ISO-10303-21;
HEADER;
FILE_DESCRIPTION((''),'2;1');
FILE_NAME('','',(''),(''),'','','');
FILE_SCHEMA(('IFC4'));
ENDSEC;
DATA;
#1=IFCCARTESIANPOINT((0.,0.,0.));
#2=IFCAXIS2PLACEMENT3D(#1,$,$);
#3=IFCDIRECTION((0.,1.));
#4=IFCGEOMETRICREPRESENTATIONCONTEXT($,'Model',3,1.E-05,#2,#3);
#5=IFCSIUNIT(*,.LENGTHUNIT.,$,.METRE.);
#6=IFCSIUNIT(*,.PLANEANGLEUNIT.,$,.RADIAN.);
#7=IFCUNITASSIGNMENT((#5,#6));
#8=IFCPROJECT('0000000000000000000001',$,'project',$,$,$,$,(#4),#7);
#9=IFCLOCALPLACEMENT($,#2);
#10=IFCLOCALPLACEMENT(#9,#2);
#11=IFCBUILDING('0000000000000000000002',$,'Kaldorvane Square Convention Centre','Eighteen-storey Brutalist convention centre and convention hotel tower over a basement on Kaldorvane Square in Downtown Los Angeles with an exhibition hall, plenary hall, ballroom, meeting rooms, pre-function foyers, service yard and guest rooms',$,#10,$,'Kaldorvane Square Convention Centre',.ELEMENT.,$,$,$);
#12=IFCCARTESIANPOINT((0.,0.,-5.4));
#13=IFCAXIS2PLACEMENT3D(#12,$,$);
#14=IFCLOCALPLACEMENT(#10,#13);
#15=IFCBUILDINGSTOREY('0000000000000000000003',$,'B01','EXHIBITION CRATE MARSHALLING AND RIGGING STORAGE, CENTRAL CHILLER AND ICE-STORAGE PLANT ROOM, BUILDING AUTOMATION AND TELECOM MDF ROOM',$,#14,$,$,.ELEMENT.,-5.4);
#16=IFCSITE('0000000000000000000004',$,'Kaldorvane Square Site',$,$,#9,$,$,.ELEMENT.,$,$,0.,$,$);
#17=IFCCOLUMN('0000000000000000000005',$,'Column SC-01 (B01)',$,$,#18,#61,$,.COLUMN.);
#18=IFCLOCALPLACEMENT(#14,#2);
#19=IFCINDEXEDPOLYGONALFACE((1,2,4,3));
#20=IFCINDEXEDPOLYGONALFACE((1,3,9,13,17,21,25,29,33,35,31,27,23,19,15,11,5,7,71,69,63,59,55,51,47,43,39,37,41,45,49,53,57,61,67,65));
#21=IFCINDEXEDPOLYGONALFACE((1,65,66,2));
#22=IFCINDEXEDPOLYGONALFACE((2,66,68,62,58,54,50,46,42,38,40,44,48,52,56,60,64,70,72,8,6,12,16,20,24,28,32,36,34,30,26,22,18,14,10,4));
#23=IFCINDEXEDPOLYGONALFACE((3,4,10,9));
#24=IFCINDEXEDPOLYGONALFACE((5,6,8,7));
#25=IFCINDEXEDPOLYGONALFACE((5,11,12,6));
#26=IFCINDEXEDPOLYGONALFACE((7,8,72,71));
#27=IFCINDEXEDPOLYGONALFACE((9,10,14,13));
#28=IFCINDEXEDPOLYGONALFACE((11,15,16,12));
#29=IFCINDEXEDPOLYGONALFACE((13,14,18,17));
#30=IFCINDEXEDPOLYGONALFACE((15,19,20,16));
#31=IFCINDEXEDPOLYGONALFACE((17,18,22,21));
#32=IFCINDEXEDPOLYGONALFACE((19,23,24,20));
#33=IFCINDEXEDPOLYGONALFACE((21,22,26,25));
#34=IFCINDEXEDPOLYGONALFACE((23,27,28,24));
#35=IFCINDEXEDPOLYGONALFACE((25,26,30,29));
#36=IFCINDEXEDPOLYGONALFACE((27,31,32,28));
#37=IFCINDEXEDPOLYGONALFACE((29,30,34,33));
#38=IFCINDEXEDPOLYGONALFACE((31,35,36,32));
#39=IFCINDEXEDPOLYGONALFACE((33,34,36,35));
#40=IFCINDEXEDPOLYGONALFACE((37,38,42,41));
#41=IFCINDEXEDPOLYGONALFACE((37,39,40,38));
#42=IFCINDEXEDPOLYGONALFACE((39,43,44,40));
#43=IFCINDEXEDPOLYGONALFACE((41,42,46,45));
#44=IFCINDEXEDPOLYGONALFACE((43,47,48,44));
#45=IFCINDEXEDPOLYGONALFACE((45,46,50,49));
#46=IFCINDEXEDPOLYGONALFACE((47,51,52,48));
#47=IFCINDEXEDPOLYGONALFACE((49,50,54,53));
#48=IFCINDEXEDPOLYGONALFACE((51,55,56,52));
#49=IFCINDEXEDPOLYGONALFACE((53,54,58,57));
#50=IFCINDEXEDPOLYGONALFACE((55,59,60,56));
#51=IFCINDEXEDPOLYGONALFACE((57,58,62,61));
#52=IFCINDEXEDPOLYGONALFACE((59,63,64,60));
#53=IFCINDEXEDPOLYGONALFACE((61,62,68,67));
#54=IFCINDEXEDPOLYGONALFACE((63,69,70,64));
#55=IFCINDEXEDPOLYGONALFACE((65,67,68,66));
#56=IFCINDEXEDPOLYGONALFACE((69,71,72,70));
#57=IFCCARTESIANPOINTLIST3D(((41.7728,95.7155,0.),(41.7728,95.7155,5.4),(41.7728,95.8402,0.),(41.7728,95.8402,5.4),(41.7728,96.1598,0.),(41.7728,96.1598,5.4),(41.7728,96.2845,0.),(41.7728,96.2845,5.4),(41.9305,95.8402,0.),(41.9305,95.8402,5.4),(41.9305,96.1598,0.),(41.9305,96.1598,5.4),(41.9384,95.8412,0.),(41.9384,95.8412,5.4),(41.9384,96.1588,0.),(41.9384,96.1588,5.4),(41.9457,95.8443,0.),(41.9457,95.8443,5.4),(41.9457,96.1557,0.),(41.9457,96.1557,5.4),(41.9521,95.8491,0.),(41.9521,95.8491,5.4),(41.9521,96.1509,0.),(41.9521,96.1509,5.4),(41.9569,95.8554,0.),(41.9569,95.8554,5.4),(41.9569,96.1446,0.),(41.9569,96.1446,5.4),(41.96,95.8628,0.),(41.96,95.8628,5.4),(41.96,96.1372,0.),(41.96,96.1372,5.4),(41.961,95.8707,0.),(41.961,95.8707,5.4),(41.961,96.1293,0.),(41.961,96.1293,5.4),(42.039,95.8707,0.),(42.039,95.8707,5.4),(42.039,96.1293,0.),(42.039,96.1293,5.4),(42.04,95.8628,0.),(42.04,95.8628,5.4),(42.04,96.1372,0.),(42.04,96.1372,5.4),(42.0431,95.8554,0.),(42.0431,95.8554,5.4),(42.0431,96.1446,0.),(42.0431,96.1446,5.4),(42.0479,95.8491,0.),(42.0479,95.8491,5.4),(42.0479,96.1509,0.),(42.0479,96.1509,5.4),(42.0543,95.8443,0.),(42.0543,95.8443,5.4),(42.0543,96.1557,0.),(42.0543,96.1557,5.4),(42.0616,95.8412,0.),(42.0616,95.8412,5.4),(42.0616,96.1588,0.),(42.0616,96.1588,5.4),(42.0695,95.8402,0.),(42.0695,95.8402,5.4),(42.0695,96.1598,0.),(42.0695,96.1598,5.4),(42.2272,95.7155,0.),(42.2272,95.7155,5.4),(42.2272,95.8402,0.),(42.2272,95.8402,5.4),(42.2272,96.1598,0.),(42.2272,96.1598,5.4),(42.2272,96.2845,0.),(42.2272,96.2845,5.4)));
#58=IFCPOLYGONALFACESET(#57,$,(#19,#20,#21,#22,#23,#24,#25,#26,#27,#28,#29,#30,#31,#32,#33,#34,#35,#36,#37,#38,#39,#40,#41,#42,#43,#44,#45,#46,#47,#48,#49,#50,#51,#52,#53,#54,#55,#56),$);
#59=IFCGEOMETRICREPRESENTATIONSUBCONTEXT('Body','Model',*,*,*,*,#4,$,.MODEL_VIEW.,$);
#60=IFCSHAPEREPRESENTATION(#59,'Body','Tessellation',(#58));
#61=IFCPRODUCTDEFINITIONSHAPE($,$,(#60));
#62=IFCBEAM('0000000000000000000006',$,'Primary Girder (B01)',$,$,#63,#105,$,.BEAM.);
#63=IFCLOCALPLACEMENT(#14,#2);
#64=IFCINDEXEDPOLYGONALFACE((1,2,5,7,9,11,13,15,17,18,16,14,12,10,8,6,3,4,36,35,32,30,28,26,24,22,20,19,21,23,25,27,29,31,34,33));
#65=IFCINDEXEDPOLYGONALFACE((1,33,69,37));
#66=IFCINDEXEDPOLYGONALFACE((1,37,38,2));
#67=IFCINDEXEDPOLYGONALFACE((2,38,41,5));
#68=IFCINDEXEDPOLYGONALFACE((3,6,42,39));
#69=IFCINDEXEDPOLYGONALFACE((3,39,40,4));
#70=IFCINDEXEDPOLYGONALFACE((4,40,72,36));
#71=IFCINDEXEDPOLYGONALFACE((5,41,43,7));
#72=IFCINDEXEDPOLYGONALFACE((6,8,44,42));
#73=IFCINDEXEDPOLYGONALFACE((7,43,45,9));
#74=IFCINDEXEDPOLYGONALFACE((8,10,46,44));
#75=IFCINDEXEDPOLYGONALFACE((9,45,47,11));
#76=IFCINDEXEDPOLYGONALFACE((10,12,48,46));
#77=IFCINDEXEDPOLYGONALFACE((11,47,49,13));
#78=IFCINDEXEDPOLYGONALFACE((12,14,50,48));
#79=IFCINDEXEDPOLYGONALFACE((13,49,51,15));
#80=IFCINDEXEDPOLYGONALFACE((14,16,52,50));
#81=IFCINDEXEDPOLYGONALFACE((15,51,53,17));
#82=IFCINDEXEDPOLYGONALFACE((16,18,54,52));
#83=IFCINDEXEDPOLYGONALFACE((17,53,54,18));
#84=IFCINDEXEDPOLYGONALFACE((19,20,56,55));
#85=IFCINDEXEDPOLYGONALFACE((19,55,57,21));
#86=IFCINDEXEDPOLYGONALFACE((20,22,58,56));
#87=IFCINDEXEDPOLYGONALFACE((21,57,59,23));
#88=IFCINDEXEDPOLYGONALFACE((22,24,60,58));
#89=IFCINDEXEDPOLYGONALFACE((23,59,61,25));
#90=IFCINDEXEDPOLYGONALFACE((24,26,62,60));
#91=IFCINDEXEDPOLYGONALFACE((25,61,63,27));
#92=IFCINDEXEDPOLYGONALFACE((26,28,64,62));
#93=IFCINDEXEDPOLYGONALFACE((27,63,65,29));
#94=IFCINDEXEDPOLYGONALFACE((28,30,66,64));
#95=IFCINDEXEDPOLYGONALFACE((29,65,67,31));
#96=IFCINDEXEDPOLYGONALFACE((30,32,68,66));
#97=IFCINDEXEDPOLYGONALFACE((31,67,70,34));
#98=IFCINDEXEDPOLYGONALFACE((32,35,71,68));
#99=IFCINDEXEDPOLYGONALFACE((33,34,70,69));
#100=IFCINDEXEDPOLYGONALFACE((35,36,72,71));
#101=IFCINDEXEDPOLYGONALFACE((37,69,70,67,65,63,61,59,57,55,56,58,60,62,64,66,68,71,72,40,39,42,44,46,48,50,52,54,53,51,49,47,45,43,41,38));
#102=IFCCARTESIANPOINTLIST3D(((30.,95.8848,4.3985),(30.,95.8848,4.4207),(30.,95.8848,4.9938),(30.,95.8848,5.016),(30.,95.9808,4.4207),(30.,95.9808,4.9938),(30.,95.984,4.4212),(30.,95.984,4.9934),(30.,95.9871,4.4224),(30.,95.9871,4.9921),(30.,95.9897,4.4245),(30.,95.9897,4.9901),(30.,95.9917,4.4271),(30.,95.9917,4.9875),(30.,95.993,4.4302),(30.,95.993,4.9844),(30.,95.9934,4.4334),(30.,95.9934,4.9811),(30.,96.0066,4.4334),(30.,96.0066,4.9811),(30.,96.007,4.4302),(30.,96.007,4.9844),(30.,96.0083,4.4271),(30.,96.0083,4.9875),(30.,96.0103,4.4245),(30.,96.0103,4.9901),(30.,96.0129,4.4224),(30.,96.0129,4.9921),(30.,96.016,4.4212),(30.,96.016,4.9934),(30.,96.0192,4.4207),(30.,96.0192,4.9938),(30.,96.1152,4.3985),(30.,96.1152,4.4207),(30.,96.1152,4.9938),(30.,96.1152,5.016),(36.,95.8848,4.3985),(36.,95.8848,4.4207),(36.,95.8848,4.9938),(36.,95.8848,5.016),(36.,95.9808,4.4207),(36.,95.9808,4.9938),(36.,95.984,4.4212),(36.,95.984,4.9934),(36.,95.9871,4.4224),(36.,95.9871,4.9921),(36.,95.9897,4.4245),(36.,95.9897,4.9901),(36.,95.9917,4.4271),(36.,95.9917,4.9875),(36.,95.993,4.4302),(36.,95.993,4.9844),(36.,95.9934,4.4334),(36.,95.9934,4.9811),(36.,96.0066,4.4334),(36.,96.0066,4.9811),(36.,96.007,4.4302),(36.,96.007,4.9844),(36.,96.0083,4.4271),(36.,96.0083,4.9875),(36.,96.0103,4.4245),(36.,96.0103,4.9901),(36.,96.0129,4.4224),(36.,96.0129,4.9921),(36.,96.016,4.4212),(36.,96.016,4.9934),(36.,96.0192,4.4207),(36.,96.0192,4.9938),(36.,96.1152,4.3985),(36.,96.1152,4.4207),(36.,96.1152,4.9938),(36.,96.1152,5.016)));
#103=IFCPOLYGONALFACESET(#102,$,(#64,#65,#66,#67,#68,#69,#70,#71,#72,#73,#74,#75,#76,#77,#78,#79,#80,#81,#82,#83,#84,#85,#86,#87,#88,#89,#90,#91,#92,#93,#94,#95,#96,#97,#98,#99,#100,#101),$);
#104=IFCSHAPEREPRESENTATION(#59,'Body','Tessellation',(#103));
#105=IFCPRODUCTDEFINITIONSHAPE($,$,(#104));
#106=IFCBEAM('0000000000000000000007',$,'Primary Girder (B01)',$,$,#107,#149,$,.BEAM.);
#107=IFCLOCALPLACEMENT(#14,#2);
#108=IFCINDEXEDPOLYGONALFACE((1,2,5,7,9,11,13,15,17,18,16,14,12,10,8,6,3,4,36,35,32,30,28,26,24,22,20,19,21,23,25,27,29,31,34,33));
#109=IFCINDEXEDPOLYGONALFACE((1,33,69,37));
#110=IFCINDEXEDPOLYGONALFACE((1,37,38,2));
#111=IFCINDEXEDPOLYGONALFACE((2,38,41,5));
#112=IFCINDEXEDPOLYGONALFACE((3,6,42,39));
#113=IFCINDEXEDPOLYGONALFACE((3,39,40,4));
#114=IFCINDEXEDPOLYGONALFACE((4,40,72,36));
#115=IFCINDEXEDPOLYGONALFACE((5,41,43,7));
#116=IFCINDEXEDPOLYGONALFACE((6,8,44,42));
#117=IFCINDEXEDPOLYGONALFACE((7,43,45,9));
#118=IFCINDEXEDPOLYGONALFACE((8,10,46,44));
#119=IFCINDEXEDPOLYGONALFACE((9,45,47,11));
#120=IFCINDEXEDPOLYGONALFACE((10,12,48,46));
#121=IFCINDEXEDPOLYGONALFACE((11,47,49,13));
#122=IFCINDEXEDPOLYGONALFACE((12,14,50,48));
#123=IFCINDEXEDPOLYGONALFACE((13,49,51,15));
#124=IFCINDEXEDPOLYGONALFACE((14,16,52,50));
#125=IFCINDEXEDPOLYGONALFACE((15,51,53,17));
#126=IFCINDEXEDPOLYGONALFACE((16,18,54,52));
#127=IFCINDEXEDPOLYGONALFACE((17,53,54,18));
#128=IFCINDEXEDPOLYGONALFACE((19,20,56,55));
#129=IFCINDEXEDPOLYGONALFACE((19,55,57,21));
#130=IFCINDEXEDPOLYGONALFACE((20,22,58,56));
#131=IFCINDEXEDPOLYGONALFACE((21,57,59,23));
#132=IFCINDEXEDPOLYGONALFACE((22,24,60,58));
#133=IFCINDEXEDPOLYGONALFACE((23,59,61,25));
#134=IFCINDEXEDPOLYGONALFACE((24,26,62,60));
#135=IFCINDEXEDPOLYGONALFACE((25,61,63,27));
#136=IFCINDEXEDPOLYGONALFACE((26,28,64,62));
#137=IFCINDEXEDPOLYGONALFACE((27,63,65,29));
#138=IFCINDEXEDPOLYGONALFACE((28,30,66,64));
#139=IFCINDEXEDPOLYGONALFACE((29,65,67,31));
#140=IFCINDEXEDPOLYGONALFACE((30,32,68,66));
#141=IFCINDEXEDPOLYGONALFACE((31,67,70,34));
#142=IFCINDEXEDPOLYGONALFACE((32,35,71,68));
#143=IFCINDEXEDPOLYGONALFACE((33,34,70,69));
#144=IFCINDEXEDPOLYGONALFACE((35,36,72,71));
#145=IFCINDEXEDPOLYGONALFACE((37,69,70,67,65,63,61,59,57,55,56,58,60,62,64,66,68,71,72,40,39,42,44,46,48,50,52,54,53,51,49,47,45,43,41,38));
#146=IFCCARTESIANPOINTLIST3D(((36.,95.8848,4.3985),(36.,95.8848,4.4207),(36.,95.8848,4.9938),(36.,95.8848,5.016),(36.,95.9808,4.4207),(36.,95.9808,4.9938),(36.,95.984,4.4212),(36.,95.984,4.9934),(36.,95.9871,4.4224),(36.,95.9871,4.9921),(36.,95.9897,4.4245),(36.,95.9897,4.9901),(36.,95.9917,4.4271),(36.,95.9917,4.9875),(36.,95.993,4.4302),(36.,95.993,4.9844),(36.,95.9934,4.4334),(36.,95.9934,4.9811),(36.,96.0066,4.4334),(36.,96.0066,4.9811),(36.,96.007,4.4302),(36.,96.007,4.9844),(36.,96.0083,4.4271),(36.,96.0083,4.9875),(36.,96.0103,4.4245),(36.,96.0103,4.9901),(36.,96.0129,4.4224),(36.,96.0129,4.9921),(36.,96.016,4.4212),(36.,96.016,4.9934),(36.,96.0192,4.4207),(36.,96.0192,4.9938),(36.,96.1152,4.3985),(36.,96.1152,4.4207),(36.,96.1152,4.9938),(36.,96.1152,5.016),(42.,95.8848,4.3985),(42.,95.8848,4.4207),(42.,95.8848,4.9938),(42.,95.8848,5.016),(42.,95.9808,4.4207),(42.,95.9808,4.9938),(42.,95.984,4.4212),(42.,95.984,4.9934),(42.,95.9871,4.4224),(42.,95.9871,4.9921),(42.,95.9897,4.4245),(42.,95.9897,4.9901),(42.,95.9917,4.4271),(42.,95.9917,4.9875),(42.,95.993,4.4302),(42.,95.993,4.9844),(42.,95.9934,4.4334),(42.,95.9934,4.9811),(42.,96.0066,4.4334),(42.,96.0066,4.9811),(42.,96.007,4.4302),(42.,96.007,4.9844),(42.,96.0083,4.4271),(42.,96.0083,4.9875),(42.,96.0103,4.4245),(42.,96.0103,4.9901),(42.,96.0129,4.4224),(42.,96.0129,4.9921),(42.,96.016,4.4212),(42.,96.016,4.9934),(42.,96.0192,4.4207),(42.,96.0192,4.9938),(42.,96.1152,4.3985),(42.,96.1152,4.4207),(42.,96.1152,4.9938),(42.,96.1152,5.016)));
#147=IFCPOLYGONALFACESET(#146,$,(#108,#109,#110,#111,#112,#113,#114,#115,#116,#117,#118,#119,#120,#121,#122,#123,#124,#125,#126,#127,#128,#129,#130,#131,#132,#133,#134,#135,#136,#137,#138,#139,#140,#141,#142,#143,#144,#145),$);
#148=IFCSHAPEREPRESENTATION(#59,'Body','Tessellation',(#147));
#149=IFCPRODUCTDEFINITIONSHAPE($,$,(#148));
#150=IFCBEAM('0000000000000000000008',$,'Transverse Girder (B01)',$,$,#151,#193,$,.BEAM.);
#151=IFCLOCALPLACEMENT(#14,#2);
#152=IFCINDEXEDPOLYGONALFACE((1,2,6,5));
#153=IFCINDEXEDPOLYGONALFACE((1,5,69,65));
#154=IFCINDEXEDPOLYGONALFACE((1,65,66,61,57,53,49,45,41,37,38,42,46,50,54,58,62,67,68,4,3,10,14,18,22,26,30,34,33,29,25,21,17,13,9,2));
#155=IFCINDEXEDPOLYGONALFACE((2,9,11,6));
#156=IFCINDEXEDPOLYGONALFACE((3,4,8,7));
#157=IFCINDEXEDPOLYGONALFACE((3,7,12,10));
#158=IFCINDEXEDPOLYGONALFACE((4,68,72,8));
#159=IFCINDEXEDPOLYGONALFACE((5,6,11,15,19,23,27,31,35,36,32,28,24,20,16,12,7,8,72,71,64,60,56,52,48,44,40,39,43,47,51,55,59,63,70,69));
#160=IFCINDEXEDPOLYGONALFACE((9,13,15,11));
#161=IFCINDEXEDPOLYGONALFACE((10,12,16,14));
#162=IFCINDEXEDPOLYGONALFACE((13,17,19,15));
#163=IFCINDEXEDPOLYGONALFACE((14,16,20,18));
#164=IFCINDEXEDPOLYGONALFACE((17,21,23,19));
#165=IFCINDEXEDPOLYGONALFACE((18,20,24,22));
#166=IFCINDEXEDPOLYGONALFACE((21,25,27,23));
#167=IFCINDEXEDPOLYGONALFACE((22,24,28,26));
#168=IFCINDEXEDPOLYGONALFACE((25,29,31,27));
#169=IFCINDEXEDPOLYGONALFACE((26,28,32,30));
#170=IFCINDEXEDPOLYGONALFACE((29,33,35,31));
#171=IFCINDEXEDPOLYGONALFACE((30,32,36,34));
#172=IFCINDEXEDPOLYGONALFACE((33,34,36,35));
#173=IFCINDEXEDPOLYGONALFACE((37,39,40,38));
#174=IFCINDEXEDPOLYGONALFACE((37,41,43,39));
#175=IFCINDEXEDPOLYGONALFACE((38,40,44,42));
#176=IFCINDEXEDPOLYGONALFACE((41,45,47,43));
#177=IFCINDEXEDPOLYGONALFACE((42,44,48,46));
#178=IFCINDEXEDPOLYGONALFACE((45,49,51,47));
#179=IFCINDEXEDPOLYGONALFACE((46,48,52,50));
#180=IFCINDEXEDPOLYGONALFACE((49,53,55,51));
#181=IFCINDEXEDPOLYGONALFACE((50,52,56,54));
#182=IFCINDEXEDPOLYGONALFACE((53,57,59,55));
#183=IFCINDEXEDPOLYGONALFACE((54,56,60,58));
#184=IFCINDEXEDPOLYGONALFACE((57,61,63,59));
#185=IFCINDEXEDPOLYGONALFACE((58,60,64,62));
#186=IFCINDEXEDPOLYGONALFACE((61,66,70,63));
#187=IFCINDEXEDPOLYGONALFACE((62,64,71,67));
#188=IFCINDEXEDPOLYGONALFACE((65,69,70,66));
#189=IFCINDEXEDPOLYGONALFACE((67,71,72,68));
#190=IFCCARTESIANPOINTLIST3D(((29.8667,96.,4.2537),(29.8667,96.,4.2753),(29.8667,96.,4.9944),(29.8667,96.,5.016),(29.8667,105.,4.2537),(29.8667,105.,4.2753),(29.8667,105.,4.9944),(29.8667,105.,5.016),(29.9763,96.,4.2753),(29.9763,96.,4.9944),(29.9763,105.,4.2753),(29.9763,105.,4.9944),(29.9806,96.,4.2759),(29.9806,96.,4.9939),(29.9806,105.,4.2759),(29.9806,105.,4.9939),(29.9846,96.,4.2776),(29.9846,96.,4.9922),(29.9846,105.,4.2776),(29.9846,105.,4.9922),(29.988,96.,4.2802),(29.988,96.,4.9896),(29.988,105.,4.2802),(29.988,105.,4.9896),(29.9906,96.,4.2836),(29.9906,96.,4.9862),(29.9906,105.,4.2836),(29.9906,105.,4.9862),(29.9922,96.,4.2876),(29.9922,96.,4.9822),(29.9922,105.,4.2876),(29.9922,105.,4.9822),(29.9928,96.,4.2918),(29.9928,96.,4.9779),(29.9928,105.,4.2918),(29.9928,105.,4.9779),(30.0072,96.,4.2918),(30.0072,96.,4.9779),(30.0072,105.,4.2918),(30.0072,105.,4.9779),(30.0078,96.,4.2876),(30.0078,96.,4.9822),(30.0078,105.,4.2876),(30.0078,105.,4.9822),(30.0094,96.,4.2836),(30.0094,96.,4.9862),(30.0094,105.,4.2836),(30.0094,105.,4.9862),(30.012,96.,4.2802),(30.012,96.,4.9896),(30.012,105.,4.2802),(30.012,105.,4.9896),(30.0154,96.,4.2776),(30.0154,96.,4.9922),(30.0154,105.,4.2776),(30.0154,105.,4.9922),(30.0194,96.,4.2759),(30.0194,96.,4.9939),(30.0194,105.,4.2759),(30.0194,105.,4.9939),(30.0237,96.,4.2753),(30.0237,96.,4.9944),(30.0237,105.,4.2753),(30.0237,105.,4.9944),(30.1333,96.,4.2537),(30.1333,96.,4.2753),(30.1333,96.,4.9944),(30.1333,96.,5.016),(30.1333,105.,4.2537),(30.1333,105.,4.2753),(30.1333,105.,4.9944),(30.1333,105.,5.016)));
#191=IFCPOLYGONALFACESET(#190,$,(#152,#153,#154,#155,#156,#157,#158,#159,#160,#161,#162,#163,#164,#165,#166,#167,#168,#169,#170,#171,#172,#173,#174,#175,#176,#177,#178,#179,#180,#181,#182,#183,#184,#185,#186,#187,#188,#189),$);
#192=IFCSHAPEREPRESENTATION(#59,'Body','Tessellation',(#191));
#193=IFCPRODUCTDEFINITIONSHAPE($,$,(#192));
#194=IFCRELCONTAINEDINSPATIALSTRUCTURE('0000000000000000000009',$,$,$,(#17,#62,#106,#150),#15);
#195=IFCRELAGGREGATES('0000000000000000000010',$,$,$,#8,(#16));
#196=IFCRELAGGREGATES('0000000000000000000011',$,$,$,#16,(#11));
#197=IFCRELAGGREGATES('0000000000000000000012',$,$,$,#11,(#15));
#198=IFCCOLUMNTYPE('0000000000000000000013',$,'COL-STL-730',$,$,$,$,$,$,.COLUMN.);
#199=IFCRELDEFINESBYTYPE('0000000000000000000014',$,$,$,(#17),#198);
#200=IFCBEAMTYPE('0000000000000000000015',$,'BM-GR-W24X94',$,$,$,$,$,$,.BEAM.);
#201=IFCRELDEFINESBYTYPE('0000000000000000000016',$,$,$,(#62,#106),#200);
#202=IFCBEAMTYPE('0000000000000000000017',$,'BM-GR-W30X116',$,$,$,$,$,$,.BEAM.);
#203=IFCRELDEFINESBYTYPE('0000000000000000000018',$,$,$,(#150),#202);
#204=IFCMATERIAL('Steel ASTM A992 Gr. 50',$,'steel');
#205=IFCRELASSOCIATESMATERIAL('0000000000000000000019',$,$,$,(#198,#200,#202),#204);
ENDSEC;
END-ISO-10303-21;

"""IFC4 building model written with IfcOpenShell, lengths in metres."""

from ifc_helpers import new_model, si_unit, direction, frame, origin, origin_2d, place, context, subcontext, project, spatial, i_section, extrude, material, material_profile, profile_set, type_object, element, save


model = new_model("IFC4")

# Units and contexts
model_context = context("Model", 3, precision=1e-05, world=origin(), true_north=direction((0.0, 1.0)))
body_context = subcontext(model_context, "Body", "Model", "MODEL_VIEW")
ifc_project = project(units=[si_unit("LENGTHUNIT", "METRE"), si_unit("PLANEANGLEUNIT", "RADIAN")], contexts=[model_context])

# Site, building, storey
site_placement = place(None, origin())
site = spatial("IfcSite", under=ifc_project, at=site_placement, Name="Kaldorvane Square Site", CompositionType="ELEMENT", RefElevation=0.0)
building_placement = place(site_placement, origin())
building = spatial("IfcBuilding", under=site, at=building_placement, Name="Kaldorvane Square Convention Centre", Description="Eighteen-storey Brutalist convention centre and convention hotel tower over a basement on Kaldorvane Square in Downtown Los Angeles with an exhibition hall, plenary hall, ballroom, meeting rooms, pre-function foyers, service yard and guest rooms", LongName="Kaldorvane Square Convention Centre", CompositionType="ELEMENT")
storey_placement = place(building_placement, frame((0.0, 0.0, -5.4)))
storey = spatial("IfcBuildingStorey", under=building, at=storey_placement, Name="B01", Description="EXHIBITION CRATE MARSHALLING AND RIGGING STORAGE, CENTRAL CHILLER AND ICE-STORAGE PLANT ROOM, BUILDING AUTOMATION AND TELECOM MDF ROOM", CompositionType="ELEMENT", Elevation=-5.4)

# Column
ifc_material_1 = material(Name="Steel ASTM A992 Gr. 50", Category="steel")
ifc_material_profile_1 = material_profile(ifc_material_1, i_section(OverallWidth=0.4544, OverallDepth=0.569, WebThickness=0.078, FlangeThickness=0.1247, FilletRadius=0.0305, at=origin_2d()), Name="W14X730")
ifc_profile_set_1 = profile_set([ifc_material_profile_1], Name="Steel ASTM A992 Gr. 50")
column_type = type_object("IfcColumnType", Name="COL-STL-730", PredefinedType="COLUMN", material=ifc_profile_set_1)
for number, where, z_axis, x_axis, name in (
    (1, (42.0, 96.0, 0.0), (0.0, 0.0, 1.0), (1.0, 0.0, 0.0), "Column SC-01 (B01)"),
):
    element("IfcColumn", number, at=place(storey_placement, frame(where, z_axis=z_axis, x_axis=x_axis)), inside=storey, type_object=column_type, Name=name, PredefinedType="COLUMN", context=body_context, shape_type="SweptSolid", body=[
        extrude(i_section(OverallWidth=0.4544, OverallDepth=0.569, WebThickness=0.078, FlangeThickness=0.1247, FilletRadius=0.0305, at=origin_2d()), origin(), (0.0, 0.0, 1.0), 5.4),
    ])

# Beams
ifc_material_profile_2 = material_profile(ifc_material_1, i_section(OverallWidth=0.2303, OverallDepth=0.6175, WebThickness=0.0131, FlangeThickness=0.0222, FilletRadius=0.0127, at=origin_2d()), Name="W24X94")
ifc_profile_set_2 = profile_set([ifc_material_profile_2], Name="Steel ASTM A992 Gr. 50")
beam_type_1 = type_object("IfcBeamType", Name="BM-GR-W24X94", PredefinedType="BEAM", material=ifc_profile_set_2)
for number, where, z_axis, x_axis, name in (
    (2, (30.0, 96.0, 4.7073), (1.0, 0.0, 0.0), (0.0, 1.0, 0.0), "Primary Girder (B01)"),
    (3, (36.0, 96.0, 4.7073), (1.0, 0.0, 0.0), (0.0, 1.0, 0.0), "Primary Girder (B01)"),
):
    element("IfcBeam", number, at=place(storey_placement, frame(where, z_axis=z_axis, x_axis=x_axis)), inside=storey, type_object=beam_type_1, Name=name, PredefinedType="BEAM", context=body_context, shape_type="SweptSolid", body=[
        extrude(i_section(OverallWidth=0.2303, OverallDepth=0.6175, WebThickness=0.0131, FlangeThickness=0.0222, FilletRadius=0.0127, at=origin_2d()), origin(), (0.0, 0.0, 1.0), 6.0),
    ])
ifc_material_profile_3 = material_profile(ifc_material_1, i_section(OverallWidth=0.2666, OverallDepth=0.7623, WebThickness=0.0144, FlangeThickness=0.0216, FilletRadius=0.0165, at=origin_2d()), Name="W30X116")
ifc_profile_set_3 = profile_set([ifc_material_profile_3], Name="Steel ASTM A992 Gr. 50")
beam_type_2 = type_object("IfcBeamType", Name="BM-GR-W30X116", PredefinedType="BEAM", material=ifc_profile_set_3)
for number, where, z_axis, x_axis, name in (
    (4, (30.0, 96.0, 4.6349), (0.0, 1.0, 0.0), (-1.0, 0.0, 0.0), "Transverse Girder (B01)"),
):
    element("IfcBeam", number, at=place(storey_placement, frame(where, z_axis=z_axis, x_axis=x_axis)), inside=storey, type_object=beam_type_2, Name=name, PredefinedType="BEAM", context=body_context, shape_type="SweptSolid", body=[
        extrude(i_section(OverallWidth=0.2666, OverallDepth=0.7623, WebThickness=0.0144, FlangeThickness=0.0216, FilletRadius=0.0165, at=origin_2d()), origin(), (0.0, 0.0, 1.0), 9.0),
    ])

save(model, "model.ifc")
